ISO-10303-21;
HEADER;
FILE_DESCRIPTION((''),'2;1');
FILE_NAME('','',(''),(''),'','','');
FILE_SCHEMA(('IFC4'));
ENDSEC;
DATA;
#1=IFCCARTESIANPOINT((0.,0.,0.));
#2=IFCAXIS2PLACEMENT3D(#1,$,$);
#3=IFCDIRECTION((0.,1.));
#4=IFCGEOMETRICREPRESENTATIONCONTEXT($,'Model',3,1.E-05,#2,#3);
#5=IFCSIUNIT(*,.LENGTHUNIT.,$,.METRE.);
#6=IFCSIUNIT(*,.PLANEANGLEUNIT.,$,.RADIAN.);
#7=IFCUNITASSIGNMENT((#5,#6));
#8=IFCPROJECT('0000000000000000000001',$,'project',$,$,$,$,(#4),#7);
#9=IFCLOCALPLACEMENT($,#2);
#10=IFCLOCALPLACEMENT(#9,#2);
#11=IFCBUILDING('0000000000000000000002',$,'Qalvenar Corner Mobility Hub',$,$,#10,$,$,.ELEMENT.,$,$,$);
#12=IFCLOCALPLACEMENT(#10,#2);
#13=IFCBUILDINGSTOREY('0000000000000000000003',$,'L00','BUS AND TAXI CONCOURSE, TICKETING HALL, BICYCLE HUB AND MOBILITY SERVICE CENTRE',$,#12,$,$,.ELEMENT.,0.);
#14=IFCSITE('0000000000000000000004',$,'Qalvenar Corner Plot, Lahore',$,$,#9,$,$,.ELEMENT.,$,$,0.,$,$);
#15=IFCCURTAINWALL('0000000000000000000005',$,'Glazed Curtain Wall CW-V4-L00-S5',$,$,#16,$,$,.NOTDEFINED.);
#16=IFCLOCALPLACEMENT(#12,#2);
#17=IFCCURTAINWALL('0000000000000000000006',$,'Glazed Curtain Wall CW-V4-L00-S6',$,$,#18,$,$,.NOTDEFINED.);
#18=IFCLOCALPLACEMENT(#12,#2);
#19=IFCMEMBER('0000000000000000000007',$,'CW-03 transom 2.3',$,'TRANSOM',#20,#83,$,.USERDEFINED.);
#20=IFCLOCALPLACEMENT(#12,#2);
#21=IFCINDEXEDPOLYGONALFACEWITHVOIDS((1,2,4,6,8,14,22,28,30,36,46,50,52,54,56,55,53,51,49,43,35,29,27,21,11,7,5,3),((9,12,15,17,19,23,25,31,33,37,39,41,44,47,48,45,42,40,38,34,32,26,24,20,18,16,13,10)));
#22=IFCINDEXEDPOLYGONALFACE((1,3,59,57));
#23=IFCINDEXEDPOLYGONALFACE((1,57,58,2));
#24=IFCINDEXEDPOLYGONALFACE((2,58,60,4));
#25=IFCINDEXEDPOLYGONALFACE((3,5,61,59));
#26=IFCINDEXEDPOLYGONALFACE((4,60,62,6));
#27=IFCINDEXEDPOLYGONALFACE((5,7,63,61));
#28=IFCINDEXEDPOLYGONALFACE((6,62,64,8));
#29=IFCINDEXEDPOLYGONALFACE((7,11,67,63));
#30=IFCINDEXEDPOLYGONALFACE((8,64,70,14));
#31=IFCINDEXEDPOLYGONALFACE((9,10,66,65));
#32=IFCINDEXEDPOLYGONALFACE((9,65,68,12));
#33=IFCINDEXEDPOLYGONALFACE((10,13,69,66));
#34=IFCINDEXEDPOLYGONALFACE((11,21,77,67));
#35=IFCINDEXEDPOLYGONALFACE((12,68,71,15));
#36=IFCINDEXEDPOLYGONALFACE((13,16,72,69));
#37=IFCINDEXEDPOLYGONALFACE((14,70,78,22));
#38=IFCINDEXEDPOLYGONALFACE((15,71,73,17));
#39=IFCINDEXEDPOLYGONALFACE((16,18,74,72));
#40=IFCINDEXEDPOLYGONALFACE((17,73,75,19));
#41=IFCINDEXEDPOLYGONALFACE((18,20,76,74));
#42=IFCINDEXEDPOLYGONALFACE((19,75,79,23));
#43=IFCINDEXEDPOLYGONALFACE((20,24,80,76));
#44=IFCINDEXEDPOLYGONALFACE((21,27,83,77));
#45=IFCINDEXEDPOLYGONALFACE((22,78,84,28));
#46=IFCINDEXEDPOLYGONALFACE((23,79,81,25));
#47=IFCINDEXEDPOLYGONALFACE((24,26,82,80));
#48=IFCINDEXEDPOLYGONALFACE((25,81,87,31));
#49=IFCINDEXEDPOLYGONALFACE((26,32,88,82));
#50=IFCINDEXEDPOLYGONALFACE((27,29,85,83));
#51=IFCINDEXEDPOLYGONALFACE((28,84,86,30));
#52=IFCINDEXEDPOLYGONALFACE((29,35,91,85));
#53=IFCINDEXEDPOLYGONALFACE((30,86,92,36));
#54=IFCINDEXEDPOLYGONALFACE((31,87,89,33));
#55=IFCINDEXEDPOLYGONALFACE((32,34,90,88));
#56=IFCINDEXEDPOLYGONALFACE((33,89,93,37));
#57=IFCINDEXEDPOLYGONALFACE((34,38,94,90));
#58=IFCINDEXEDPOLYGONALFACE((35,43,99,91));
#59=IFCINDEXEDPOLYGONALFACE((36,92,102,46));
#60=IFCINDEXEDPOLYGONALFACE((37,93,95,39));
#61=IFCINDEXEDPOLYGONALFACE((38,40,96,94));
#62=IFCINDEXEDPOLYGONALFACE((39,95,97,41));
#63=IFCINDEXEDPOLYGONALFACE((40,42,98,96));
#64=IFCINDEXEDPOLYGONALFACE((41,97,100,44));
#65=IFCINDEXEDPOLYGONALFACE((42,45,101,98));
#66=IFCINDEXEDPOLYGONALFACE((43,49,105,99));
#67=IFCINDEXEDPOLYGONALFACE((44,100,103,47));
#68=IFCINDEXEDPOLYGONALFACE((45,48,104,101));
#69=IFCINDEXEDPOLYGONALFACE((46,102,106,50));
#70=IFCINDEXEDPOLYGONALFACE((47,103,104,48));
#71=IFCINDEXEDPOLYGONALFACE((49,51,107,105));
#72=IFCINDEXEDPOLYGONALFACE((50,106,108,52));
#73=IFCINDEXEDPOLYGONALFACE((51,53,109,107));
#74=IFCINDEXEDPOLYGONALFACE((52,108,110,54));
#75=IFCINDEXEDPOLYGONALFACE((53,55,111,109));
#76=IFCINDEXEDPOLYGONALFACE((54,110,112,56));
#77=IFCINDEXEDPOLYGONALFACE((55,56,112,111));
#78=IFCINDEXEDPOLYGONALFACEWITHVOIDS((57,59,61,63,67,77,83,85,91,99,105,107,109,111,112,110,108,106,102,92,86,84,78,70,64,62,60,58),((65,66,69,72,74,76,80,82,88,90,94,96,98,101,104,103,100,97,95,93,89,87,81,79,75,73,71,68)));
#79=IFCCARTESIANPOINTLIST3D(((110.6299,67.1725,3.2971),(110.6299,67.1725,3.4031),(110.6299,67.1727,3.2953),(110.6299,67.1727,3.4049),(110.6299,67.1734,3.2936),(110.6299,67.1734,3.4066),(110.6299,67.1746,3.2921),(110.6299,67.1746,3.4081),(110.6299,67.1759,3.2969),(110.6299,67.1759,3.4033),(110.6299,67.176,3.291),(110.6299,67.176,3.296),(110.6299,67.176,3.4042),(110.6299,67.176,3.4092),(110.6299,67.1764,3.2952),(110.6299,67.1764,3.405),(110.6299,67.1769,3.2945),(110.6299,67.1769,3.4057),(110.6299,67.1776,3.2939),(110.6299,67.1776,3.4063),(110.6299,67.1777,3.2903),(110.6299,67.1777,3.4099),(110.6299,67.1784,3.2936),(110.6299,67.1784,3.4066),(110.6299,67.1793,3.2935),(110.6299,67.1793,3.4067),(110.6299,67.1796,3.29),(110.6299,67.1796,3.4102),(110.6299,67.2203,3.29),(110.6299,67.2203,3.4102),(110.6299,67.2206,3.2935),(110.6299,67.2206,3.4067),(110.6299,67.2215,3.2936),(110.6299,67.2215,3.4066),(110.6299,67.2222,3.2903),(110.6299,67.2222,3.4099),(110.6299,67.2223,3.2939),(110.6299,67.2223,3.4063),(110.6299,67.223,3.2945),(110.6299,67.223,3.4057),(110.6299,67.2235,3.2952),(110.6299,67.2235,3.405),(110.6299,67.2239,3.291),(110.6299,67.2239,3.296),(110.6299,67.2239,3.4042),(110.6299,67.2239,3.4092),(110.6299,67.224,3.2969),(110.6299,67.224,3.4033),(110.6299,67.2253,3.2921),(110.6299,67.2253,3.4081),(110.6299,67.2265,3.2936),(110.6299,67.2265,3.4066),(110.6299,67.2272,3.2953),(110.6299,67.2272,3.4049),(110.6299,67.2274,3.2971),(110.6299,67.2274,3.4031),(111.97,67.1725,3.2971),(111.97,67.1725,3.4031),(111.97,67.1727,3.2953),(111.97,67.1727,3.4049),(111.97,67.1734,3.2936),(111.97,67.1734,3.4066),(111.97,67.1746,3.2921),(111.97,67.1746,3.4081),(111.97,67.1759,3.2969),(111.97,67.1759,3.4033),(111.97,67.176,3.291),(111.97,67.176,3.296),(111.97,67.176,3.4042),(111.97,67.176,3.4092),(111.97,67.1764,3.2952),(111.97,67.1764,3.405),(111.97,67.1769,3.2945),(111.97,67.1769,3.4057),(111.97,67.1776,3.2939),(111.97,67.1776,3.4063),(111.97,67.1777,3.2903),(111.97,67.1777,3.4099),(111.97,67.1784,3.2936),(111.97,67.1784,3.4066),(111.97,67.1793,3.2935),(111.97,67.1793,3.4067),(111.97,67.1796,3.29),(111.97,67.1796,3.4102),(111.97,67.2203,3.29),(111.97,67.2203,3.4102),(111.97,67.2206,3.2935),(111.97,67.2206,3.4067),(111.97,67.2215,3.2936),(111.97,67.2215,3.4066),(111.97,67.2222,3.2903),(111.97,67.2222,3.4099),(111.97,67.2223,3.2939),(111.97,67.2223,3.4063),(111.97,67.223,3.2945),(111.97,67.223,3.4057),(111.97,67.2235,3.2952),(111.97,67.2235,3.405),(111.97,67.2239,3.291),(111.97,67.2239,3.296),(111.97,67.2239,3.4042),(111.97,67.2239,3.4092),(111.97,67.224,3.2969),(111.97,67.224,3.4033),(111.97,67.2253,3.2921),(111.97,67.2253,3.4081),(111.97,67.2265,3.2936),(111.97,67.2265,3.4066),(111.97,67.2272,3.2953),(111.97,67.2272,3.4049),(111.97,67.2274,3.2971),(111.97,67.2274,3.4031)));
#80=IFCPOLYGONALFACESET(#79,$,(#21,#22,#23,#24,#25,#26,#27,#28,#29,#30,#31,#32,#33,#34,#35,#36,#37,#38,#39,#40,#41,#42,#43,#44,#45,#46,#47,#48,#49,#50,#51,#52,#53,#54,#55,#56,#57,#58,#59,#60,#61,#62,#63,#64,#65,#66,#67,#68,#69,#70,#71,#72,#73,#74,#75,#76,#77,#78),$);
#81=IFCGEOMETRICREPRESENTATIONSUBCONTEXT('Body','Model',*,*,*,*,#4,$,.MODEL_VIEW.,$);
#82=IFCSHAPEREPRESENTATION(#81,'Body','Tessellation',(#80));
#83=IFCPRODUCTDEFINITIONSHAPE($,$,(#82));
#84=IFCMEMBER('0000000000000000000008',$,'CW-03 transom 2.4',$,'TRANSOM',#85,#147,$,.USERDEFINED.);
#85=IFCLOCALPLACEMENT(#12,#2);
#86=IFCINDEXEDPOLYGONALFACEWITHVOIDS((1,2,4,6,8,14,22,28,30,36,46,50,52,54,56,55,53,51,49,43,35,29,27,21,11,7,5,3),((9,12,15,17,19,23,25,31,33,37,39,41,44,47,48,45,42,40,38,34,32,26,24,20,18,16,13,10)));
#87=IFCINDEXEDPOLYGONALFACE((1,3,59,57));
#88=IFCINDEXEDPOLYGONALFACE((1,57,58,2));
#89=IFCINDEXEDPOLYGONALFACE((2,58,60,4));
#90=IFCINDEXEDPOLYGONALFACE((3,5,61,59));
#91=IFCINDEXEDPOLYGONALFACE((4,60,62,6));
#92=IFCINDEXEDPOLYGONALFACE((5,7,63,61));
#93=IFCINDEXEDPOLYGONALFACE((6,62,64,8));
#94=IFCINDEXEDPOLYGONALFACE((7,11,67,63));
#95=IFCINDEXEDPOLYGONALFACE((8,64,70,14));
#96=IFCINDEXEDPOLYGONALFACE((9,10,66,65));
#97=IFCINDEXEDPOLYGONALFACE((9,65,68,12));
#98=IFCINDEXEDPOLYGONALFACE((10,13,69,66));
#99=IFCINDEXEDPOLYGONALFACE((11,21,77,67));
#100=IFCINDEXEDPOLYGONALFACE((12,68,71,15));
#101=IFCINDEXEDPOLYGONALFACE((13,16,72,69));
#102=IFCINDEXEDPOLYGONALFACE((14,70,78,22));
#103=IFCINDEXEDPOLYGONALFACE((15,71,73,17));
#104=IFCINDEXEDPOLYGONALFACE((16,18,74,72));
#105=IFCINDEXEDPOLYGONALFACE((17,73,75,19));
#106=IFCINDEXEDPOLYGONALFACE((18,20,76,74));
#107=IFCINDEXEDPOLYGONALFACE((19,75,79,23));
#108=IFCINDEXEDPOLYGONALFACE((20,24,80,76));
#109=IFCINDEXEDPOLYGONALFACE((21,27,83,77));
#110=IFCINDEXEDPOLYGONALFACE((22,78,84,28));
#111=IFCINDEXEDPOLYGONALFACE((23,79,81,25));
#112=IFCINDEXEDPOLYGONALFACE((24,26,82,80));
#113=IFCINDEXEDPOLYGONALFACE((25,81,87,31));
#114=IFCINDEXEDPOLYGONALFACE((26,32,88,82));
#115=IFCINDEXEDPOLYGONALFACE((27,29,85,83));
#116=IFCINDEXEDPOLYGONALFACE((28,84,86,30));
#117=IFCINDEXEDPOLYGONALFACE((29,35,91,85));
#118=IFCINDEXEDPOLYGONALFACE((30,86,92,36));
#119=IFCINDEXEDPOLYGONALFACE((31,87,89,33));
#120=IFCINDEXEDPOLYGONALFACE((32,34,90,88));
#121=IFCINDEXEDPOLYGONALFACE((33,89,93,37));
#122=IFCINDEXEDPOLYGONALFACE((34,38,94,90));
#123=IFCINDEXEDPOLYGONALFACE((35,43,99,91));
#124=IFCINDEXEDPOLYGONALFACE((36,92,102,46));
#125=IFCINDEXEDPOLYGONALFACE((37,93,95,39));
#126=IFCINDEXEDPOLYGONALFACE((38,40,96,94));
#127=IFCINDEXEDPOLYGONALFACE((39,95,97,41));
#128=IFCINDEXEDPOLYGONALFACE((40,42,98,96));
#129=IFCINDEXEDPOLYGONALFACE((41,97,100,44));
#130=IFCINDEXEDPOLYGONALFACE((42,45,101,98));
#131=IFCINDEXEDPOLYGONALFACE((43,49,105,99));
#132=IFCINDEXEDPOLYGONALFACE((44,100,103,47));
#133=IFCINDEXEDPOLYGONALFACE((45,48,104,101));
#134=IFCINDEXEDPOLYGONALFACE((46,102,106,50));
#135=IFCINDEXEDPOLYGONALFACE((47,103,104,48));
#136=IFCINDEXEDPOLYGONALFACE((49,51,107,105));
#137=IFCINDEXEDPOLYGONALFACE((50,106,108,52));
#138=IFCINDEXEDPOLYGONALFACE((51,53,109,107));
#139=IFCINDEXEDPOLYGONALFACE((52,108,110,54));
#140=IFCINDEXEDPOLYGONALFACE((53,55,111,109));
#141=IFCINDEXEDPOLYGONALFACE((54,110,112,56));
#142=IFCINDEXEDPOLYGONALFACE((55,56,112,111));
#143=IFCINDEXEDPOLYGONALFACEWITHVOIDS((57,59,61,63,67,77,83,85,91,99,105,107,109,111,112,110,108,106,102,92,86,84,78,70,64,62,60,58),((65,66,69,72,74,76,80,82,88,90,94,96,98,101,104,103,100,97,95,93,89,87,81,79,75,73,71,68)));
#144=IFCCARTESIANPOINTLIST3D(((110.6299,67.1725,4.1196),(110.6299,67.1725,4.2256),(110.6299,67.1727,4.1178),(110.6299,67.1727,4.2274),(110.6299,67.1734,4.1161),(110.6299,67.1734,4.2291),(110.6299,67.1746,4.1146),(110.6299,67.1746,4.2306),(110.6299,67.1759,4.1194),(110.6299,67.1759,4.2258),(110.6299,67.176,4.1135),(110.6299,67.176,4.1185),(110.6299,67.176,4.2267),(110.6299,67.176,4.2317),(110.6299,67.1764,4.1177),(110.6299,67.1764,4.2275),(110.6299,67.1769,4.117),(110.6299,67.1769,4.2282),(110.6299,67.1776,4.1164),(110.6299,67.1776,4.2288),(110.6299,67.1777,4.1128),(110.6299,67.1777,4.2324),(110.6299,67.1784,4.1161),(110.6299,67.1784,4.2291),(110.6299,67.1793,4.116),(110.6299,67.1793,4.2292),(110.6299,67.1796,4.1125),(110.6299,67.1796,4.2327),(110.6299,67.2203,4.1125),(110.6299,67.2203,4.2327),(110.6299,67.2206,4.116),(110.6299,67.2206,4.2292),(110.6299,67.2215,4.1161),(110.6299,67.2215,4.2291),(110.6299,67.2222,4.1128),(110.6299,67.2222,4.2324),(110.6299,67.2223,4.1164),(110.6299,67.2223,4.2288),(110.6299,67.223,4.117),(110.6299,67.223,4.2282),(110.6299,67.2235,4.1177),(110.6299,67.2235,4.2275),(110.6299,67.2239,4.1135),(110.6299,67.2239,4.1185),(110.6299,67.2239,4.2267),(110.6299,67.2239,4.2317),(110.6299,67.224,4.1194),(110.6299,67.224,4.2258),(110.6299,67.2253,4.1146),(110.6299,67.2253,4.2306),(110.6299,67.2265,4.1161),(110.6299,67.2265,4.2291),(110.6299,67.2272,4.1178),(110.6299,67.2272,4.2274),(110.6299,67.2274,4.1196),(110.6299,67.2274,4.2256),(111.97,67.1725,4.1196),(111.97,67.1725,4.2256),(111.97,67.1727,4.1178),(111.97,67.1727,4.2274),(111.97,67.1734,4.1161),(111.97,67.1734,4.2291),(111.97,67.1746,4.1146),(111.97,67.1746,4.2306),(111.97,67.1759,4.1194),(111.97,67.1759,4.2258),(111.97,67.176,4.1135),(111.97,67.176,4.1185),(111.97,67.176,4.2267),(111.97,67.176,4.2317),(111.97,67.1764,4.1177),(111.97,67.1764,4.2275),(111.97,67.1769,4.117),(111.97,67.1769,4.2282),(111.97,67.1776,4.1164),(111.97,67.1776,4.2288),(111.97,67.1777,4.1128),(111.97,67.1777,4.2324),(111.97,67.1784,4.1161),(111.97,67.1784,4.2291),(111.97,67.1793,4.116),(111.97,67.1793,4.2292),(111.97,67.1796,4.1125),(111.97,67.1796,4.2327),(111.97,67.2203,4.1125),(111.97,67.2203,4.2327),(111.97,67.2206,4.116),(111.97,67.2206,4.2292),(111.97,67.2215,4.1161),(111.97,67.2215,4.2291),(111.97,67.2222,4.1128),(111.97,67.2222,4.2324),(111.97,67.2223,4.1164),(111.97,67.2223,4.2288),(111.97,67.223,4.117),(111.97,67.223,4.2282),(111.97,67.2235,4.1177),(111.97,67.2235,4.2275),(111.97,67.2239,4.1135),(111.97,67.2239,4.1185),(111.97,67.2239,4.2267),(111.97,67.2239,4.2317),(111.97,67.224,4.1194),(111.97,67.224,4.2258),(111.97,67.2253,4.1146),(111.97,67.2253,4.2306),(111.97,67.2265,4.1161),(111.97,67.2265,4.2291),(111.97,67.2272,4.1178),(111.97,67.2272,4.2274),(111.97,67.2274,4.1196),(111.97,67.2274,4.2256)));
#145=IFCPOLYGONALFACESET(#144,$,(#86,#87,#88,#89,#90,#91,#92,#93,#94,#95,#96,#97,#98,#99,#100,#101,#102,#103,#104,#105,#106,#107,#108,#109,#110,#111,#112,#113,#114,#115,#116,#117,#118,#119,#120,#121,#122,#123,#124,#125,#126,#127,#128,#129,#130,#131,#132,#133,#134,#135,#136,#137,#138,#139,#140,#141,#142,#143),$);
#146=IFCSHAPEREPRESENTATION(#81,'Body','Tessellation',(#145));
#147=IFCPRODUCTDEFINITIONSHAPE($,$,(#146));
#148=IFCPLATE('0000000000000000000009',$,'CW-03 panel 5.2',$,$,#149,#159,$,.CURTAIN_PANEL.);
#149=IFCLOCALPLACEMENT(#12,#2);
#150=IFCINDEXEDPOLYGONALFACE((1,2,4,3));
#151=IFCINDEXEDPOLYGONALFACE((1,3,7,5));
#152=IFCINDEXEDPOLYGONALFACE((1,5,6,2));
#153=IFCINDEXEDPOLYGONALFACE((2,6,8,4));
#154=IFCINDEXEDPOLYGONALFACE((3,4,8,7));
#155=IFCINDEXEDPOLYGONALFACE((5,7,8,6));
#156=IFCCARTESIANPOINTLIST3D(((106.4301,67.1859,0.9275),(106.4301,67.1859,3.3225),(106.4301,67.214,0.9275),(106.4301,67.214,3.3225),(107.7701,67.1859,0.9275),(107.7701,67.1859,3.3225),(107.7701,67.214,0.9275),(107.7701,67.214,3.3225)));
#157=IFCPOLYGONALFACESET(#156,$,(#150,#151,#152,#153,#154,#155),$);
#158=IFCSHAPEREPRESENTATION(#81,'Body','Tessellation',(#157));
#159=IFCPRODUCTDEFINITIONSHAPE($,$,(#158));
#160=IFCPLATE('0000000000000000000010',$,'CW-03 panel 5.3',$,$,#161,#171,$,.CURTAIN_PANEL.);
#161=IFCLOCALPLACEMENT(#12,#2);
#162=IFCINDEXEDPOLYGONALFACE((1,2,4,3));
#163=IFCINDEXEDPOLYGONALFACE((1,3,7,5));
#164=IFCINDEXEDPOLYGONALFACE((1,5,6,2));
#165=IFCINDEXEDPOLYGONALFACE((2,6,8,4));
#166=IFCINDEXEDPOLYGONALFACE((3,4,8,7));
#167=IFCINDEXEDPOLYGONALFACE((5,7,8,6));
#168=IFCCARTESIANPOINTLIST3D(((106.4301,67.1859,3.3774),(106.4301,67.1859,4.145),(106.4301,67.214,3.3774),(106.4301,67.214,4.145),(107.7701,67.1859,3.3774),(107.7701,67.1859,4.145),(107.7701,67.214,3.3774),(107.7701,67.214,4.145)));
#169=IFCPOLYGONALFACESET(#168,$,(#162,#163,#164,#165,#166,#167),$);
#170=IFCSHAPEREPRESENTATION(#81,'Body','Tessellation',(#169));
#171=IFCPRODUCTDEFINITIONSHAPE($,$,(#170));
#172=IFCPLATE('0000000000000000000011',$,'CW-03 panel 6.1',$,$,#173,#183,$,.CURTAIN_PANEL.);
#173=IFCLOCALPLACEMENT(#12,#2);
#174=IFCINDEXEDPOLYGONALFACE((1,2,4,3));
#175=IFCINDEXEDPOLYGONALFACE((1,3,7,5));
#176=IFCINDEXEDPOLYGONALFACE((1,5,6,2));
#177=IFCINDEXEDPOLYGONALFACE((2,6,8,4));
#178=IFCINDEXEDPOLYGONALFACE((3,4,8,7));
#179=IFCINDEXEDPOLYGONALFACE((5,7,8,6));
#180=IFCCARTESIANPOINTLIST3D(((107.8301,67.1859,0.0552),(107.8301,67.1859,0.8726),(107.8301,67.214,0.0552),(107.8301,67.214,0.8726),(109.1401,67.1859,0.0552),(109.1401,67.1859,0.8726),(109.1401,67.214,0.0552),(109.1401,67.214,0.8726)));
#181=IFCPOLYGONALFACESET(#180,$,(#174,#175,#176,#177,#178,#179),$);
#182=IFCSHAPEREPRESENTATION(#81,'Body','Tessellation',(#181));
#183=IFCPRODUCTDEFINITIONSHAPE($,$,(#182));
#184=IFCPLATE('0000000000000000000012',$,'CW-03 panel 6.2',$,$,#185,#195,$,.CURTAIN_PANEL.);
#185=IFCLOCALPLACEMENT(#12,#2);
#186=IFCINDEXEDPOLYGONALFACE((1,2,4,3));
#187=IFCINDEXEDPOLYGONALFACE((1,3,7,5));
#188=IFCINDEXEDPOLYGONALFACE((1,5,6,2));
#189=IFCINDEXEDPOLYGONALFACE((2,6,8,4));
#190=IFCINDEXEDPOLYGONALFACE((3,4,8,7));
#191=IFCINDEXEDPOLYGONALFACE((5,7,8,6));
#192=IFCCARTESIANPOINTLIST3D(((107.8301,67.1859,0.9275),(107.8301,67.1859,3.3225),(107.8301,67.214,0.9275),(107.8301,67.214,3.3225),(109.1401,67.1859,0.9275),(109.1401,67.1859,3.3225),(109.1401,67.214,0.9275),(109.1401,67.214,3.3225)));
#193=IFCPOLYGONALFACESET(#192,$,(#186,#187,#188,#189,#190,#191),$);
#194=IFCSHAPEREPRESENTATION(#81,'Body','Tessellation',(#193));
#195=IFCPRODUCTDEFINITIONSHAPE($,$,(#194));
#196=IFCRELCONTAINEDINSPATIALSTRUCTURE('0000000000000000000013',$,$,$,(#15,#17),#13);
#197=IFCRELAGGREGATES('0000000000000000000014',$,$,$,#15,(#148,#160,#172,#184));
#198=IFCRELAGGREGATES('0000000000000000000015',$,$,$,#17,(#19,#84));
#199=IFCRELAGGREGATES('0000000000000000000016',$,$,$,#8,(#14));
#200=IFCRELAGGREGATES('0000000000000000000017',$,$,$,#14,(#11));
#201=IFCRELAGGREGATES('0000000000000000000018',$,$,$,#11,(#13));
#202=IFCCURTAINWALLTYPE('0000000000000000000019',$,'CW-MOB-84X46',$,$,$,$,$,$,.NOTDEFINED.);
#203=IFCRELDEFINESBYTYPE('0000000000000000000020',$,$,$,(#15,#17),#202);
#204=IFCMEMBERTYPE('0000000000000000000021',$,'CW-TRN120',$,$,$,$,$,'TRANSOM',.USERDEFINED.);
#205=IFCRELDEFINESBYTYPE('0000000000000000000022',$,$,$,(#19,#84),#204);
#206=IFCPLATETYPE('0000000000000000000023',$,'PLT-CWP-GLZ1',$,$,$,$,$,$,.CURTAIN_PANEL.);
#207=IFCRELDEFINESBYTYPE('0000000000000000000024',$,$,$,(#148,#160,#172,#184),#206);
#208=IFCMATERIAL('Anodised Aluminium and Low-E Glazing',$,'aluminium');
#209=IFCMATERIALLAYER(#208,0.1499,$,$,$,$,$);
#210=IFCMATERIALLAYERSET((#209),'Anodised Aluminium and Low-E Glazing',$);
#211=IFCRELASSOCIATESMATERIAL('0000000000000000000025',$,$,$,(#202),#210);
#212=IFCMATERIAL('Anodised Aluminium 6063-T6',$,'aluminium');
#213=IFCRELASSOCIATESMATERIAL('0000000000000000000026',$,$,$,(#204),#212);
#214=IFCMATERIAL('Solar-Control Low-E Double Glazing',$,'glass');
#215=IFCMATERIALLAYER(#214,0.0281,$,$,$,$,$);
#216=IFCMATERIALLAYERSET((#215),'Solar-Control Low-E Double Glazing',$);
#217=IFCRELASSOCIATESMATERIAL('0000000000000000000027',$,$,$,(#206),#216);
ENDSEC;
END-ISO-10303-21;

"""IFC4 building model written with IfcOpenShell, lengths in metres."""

from ifc_helpers import new_model, si_unit, direction, frame, origin, origin_2d, place, context, subcontext, project, spatial, rectangle, hollow_rectangle, extrude, material, layer, layer_set, material_profile, profile_set, type_object, element, aggregate, save


model = new_model("IFC4")

# Units and contexts
model_context = context("Model", 3, precision=1e-05, world=origin(), true_north=direction((0.0, 1.0)))
body_context = subcontext(model_context, "Body", "Model", "MODEL_VIEW")
ifc_project = project(units=[si_unit("LENGTHUNIT", "METRE"), si_unit("PLANEANGLEUNIT", "RADIAN")], contexts=[model_context])

# Site, building, storey
site_placement = place(None, origin())
site = spatial("IfcSite", under=ifc_project, at=site_placement, Name="Qalvenar Corner Plot, Lahore", CompositionType="ELEMENT", RefElevation=0.0)
building_placement = place(site_placement, origin())
building = spatial("IfcBuilding", under=site, at=building_placement, Name="Qalvenar Corner Mobility Hub", CompositionType="ELEMENT")
storey_placement = place(building_placement, origin())
storey = spatial("IfcBuildingStorey", under=building, at=storey_placement, Name="L00", Description="BUS AND TAXI CONCOURSE, TICKETING HALL, BICYCLE HUB AND MOBILITY SERVICE CENTRE", CompositionType="ELEMENT", Elevation=0.0)

# Curtain walls
ifc_material_1 = material(Name="Anodised Aluminium and Low-E Glazing", Category="aluminium")
ifc_layer_1 = layer(ifc_material_1, 0.1499)
ifc_layer_set_1 = layer_set([ifc_layer_1], Name="Anodised Aluminium and Low-E Glazing")
curtain_wall_type = type_object("IfcCurtainWallType", Name="CW-MOB-84X46", PredefinedType="NOTDEFINED", material=ifc_layer_set_1)
curtain_wall_1_placement = place(storey_placement, origin())
curtain_wall_1 = element("IfcCurtainWall", 1, at=curtain_wall_1_placement, inside=storey, type_object=curtain_wall_type, Name="Glazed Curtain Wall CW-V4-L00-S5", PredefinedType="NOTDEFINED")
ifc_material_2 = material(Name="Anodised Aluminium 6063-T6", Category="aluminium")
curtain_wall_2_placement = place(storey_placement, origin())
curtain_wall_2 = element("IfcCurtainWall", 2, at=curtain_wall_2_placement, inside=storey, type_object=curtain_wall_type, Name="Glazed Curtain Wall CW-V4-L00-S6", PredefinedType="NOTDEFINED")

# Members
ifc_material_profile_1 = material_profile(ifc_material_2, hollow_rectangle(XDim=0.0549, YDim=0.1201, WallThickness=0.0034, InnerFilletRadius=0.0034, OuterFilletRadius=0.0071, at=origin_2d()), Name="RHS120x55x3.5")
ifc_profile_set_1 = profile_set([ifc_material_profile_1], Name="Anodised Aluminium 6063-T6")
member_type_1 = type_object("IfcMemberType", Name="CW-TRN120", ElementType="TRANSOM", PredefinedType="USERDEFINED", material=ifc_profile_set_1)
member_1_placement = place(storey_placement, frame((110.6299, 67.2, 3.3501), z_axis=(1.0, 0.0, 0.0), x_axis=(0.0, 1.0, 0.0)))
member_1 = element("IfcMember", 3, at=member_1_placement, type_object=member_type_1, Name="CW-03 transom 2.3", ObjectType="TRANSOM", PredefinedType="USERDEFINED", context=body_context, shape_type="SweptSolid", body=[
    extrude(hollow_rectangle(XDim=0.0549, YDim=0.1201, WallThickness=0.0034, InnerFilletRadius=0.0034, OuterFilletRadius=0.0071, at=origin_2d()), origin(), (0.0, 0.0, 1.0), 1.3401),
])
member_2_placement = place(storey_placement, frame((110.6299, 67.2, 4.1726), z_axis=(1.0, 0.0, 0.0), x_axis=(0.0, 1.0, 0.0)))
member_2 = element("IfcMember", 4, at=member_2_placement, type_object=member_type_1, Name="CW-03 transom 2.4", ObjectType="TRANSOM", PredefinedType="USERDEFINED", context=body_context, shape_type="SweptSolid", body=[
    extrude(hollow_rectangle(XDim=0.0549, YDim=0.1201, WallThickness=0.0034, InnerFilletRadius=0.0034, OuterFilletRadius=0.0071, at=origin_2d()), origin(), (0.0, 0.0, 1.0), 1.3401),
])

# Plates
ifc_material_3 = material(Name="Solar-Control Low-E Double Glazing", Category="glass")
ifc_layer_2 = layer(ifc_material_3, 0.0281)
ifc_layer_set_2 = layer_set([ifc_layer_2], Name="Solar-Control Low-E Double Glazing")
plate_type = type_object("IfcPlateType", Name="PLT-CWP-GLZ1", PredefinedType="CURTAIN_PANEL", material=ifc_layer_set_2)
plate_1_placement = place(storey_placement, frame((107.1001, 67.2, 0.9275), z_axis=(0.0, 0.0, 1.0), x_axis=(1.0, 0.0, 0.0)))
plate_1 = element("IfcPlate", 5, at=plate_1_placement, type_object=plate_type, Name="CW-03 panel 5.2", PredefinedType="CURTAIN_PANEL", context=body_context, shape_type="SweptSolid", body=[
    extrude(rectangle(XDim=1.3401, YDim=0.0281, at=origin_2d()), origin(), (0.0, 0.0, 1.0), 2.395),
])
plate_2_placement = place(storey_placement, frame((107.1001, 67.2, 3.3774), z_axis=(0.0, 0.0, 1.0), x_axis=(1.0, 0.0, 0.0)))
plate_2 = element("IfcPlate", 6, at=plate_2_placement, type_object=plate_type, Name="CW-03 panel 5.3", PredefinedType="CURTAIN_PANEL", context=body_context, shape_type="SweptSolid", body=[
    extrude(rectangle(XDim=1.3401, YDim=0.0281, at=origin_2d()), origin(), (0.0, 0.0, 1.0), 0.7676),
])
plate_3_placement = place(storey_placement, frame((108.4851, 67.2, 0.0552), z_axis=(0.0, 0.0, 1.0), x_axis=(1.0, 0.0, 0.0)))
plate_3 = element("IfcPlate", 7, at=plate_3_placement, type_object=plate_type, Name="CW-03 panel 6.1", PredefinedType="CURTAIN_PANEL", context=body_context, shape_type="SweptSolid", body=[
    extrude(rectangle(XDim=1.3101, YDim=0.0281, at=origin_2d()), origin(), (0.0, 0.0, 1.0), 0.8174),
])
plate_4_placement = place(storey_placement, frame((108.4851, 67.2, 0.9275), z_axis=(0.0, 0.0, 1.0), x_axis=(1.0, 0.0, 0.0)))
plate_4 = element("IfcPlate", 8, at=plate_4_placement, type_object=plate_type, Name="CW-03 panel 6.2", PredefinedType="CURTAIN_PANEL", context=body_context, shape_type="SweptSolid", body=[
    extrude(rectangle(XDim=1.3101, YDim=0.0281, at=origin_2d()), origin(), (0.0, 0.0, 1.0), 2.395),
])
aggregate(curtain_wall_1, [plate_1, plate_2, plate_3, plate_4])
aggregate(curtain_wall_2, [member_1, member_2])

save(model, "model.ifc")
